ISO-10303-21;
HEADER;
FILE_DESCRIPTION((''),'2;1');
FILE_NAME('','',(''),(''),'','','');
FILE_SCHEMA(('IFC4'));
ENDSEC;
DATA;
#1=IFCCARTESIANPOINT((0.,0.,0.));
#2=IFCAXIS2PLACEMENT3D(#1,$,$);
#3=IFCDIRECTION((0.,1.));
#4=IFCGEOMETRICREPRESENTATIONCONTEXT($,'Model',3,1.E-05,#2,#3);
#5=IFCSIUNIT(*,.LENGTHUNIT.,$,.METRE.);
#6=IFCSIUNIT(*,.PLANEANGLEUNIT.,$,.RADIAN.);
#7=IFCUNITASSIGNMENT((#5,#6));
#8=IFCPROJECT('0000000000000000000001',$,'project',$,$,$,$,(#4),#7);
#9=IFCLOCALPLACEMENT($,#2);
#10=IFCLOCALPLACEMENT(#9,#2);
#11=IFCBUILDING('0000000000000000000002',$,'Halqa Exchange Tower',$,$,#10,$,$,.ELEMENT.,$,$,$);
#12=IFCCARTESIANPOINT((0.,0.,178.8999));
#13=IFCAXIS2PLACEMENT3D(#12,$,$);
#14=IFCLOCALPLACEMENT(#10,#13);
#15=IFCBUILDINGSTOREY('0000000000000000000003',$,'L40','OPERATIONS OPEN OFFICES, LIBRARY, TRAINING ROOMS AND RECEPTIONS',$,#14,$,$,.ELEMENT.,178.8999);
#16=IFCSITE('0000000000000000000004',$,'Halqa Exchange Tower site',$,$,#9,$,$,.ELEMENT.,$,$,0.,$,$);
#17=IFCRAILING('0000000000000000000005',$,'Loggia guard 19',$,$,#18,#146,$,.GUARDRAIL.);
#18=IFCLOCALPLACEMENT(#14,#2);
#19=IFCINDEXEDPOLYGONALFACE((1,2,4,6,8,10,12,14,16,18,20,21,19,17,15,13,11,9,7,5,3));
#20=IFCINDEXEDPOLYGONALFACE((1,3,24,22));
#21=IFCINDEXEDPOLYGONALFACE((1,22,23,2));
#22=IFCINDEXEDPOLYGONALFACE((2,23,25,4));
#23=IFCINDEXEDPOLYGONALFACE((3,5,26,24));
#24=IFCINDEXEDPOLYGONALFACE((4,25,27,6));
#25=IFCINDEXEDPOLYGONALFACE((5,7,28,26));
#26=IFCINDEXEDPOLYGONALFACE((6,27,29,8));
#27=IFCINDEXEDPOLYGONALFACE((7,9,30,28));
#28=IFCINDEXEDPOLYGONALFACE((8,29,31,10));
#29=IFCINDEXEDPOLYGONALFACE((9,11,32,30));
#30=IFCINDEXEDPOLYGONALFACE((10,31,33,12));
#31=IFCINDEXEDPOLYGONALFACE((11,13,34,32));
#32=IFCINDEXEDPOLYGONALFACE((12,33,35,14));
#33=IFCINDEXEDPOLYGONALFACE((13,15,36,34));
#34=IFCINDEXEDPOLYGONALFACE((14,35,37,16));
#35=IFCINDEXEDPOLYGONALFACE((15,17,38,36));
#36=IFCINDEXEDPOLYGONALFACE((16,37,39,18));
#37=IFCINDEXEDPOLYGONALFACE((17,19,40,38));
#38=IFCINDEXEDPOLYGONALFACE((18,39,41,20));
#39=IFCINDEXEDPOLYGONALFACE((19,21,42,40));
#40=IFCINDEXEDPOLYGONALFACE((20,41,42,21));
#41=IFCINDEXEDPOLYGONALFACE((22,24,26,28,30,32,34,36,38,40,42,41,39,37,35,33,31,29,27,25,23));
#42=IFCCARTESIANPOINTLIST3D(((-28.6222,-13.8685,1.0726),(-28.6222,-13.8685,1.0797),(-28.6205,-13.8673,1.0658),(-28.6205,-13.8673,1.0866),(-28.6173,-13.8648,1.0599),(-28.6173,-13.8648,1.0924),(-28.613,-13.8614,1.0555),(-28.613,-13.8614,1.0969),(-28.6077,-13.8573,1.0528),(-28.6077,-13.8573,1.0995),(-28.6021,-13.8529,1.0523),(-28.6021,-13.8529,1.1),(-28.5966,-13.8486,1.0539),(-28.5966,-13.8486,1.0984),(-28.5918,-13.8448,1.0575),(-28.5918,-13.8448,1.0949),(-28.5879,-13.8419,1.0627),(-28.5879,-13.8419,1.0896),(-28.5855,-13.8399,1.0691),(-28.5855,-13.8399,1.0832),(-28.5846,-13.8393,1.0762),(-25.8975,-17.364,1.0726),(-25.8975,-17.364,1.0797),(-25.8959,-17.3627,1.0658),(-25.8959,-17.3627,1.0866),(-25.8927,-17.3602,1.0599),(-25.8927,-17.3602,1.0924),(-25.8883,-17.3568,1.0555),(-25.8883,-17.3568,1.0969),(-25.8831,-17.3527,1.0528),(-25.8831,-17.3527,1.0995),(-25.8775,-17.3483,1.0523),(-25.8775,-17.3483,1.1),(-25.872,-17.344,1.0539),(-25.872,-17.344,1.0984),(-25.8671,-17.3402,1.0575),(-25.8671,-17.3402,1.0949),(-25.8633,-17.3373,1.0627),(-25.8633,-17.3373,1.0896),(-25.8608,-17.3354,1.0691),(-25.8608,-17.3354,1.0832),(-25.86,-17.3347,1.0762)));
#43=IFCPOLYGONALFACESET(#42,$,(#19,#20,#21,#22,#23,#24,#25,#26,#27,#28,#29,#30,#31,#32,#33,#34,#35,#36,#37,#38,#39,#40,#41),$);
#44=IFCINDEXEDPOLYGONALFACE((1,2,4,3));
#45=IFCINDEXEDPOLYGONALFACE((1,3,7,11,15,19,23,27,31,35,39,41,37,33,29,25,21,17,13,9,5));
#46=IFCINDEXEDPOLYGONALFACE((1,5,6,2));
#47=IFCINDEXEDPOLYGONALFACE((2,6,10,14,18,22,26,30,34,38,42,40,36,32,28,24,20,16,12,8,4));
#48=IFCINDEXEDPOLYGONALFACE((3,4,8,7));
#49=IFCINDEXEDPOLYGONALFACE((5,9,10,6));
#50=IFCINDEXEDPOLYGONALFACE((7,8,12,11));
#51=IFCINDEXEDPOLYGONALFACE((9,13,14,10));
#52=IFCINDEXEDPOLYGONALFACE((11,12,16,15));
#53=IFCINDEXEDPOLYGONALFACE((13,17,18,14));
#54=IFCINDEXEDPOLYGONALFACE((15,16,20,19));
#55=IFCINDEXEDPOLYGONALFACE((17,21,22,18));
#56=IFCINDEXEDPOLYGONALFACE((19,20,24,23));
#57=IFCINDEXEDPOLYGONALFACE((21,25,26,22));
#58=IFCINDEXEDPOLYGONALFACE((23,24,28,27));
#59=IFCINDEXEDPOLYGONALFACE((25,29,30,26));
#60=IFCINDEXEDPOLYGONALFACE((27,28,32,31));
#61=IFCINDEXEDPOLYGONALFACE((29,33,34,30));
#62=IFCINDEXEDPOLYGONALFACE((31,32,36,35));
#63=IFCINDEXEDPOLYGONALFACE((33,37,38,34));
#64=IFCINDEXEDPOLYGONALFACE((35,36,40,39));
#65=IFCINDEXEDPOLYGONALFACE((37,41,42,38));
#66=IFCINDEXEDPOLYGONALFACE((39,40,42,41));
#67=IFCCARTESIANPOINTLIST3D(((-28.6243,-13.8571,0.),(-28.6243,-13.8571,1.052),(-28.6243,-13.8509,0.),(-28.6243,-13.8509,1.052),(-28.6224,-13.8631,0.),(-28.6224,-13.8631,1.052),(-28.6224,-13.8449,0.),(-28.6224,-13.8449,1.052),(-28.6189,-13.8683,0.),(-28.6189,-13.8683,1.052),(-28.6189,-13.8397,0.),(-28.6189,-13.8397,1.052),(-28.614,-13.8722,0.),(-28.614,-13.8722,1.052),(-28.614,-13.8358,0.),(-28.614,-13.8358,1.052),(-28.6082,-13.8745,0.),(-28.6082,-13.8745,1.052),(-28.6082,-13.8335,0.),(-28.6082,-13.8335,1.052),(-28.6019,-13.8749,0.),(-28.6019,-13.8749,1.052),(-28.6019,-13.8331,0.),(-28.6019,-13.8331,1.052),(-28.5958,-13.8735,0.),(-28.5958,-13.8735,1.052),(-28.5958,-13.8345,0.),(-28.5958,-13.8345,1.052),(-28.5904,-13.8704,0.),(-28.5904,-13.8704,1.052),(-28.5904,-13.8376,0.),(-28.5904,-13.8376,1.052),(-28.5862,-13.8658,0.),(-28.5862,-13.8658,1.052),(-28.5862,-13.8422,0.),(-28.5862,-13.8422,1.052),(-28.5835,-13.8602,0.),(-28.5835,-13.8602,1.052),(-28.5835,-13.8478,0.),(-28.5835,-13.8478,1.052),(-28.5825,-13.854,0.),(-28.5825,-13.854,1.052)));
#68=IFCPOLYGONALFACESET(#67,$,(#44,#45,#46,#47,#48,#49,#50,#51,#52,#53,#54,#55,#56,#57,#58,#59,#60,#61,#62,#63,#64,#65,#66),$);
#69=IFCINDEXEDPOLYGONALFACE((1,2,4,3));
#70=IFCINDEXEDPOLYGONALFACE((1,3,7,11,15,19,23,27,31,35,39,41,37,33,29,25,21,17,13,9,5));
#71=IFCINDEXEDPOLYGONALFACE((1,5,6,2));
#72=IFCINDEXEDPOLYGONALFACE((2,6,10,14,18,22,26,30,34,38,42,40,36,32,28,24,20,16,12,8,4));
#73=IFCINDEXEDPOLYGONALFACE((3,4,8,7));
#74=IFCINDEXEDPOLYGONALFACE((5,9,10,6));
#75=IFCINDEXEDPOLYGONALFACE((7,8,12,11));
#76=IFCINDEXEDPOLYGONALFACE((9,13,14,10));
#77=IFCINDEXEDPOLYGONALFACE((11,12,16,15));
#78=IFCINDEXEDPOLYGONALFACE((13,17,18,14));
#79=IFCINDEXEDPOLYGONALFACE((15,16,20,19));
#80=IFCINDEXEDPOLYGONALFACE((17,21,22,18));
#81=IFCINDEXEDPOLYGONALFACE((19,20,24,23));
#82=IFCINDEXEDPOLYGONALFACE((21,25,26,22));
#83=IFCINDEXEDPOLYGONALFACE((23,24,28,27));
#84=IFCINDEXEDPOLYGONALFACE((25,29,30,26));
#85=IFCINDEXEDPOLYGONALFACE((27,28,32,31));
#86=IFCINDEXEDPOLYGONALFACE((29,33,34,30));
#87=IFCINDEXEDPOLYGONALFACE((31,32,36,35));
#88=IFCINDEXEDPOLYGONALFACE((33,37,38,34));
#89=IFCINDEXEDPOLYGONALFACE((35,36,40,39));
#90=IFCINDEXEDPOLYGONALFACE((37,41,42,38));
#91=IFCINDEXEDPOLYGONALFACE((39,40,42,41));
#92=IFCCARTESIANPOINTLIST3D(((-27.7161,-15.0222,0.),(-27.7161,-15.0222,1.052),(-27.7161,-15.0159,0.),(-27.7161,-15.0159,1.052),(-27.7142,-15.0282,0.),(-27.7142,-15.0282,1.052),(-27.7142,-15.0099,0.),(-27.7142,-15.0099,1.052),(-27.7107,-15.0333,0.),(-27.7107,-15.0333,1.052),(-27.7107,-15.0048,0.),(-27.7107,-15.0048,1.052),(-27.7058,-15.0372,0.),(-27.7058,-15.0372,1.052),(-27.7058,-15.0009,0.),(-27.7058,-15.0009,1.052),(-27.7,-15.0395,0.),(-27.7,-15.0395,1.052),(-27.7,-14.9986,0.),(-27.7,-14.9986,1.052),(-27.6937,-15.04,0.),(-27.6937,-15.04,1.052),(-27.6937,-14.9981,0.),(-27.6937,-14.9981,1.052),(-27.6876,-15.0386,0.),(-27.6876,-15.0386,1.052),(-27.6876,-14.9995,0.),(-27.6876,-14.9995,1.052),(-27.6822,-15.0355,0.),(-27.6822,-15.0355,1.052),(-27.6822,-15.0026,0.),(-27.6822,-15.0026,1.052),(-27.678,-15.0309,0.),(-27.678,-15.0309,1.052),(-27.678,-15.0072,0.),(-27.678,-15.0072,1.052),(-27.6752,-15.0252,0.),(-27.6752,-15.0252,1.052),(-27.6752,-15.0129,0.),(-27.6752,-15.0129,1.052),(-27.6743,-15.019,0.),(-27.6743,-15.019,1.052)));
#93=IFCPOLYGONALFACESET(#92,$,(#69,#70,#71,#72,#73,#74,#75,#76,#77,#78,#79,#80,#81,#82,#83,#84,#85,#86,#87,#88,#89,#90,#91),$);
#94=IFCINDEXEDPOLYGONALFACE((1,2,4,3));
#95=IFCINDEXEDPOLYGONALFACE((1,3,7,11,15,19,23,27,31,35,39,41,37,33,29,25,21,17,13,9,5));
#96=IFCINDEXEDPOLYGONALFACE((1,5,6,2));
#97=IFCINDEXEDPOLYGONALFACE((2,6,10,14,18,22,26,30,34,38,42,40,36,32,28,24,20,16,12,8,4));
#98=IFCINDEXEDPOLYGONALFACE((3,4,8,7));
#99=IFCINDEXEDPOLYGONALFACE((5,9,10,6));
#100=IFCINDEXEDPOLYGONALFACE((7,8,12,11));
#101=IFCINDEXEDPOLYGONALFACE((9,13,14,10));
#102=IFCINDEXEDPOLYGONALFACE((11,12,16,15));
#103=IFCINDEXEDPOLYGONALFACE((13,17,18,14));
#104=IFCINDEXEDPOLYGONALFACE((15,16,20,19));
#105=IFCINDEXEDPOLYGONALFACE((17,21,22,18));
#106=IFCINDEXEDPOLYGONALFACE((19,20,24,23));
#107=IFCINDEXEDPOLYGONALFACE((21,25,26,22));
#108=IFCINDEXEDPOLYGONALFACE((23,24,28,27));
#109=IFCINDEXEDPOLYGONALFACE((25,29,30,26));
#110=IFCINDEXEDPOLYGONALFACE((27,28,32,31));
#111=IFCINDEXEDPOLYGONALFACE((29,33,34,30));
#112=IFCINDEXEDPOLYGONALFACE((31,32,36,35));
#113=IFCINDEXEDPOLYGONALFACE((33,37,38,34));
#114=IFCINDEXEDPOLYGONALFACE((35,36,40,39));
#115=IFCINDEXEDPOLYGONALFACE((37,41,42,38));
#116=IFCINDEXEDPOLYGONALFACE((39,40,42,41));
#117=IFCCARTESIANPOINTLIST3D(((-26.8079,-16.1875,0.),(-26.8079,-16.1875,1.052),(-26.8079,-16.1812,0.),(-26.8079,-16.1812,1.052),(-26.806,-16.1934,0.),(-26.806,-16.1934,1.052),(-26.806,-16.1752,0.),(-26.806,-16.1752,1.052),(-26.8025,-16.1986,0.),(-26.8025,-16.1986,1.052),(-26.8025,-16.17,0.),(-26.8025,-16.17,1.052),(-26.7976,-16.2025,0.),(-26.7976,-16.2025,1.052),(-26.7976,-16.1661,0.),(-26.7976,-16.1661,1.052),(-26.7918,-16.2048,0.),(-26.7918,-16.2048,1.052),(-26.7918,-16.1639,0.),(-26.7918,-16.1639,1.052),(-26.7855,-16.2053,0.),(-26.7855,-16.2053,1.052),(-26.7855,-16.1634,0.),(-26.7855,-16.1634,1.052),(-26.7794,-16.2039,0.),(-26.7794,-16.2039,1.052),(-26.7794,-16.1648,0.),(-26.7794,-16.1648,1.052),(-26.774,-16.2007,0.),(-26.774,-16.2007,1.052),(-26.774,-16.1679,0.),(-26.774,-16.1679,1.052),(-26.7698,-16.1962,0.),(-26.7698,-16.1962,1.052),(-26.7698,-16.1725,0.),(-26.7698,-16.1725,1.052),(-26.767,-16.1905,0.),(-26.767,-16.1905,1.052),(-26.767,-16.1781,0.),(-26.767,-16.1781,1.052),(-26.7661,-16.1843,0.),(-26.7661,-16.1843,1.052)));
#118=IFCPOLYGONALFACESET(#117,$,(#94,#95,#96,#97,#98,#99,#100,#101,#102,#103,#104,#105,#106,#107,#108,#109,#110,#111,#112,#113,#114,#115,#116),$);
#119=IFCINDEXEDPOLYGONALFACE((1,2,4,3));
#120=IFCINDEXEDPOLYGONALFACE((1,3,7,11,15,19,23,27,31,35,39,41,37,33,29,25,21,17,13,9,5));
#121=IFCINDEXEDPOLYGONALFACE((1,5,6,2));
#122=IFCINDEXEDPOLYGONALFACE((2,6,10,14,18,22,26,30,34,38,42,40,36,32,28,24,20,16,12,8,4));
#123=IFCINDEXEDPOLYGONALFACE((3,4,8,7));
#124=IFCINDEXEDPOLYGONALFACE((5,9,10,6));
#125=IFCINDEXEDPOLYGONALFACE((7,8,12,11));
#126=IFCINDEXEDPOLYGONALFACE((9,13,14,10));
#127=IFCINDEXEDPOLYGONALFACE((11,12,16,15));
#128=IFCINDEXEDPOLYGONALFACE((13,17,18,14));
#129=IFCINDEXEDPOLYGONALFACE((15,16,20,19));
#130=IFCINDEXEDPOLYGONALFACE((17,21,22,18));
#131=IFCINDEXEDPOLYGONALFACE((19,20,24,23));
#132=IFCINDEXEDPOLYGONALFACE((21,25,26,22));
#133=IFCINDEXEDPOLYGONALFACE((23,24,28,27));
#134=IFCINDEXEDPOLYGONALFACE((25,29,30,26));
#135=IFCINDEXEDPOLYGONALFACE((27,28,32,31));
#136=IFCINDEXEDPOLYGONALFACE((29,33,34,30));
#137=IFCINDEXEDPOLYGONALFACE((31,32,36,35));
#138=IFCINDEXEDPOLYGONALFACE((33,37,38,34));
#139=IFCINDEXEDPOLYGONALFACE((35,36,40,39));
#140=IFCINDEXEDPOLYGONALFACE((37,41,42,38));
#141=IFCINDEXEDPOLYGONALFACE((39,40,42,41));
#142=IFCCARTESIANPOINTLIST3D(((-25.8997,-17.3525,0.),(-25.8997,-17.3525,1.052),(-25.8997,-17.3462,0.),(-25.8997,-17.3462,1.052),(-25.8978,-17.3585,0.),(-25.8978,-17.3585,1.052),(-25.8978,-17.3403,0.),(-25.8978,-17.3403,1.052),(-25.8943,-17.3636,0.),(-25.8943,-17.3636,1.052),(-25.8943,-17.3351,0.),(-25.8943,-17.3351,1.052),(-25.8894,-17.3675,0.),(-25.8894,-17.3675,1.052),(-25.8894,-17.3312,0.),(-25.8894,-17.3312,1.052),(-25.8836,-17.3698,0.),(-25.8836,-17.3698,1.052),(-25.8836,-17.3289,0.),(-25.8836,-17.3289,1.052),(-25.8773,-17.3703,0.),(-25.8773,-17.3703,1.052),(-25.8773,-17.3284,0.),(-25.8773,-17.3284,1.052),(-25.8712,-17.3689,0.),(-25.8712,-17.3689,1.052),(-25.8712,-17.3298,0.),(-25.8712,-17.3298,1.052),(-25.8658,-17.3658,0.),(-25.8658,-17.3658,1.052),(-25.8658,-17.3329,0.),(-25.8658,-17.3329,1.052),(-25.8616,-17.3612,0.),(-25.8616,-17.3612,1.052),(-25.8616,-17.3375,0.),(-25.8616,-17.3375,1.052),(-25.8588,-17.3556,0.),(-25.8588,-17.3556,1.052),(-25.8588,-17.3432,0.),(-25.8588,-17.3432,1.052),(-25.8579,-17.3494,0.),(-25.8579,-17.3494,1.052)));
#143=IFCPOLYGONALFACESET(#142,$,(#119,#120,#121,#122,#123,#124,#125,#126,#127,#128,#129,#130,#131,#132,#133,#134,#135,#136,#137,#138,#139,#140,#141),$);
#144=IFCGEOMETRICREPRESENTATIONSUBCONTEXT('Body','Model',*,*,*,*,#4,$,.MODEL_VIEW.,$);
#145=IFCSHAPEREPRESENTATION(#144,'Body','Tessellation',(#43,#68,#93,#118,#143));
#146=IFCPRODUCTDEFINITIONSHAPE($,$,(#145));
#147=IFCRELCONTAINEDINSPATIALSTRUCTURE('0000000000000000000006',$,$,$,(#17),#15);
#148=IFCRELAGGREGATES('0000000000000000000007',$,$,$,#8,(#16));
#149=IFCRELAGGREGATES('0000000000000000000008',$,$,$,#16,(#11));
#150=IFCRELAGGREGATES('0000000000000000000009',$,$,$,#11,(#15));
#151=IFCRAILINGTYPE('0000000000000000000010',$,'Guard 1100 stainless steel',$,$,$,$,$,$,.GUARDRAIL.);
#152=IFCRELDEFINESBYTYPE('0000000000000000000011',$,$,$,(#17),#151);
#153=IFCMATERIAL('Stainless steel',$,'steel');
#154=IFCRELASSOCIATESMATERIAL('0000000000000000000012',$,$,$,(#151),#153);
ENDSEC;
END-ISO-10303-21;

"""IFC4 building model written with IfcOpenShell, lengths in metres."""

from ifc_helpers import new_model, si_unit, direction, frame, origin, origin_2d, place, context, subcontext, project, spatial, circle, extrude, material, type_object, element, save


model = new_model("IFC4")

# Units and contexts
model_context = context("Model", 3, precision=1e-05, world=origin(), true_north=direction((0.0, 1.0)))
body_context = subcontext(model_context, "Body", "Model", "MODEL_VIEW")
ifc_project = project(units=[si_unit("LENGTHUNIT", "METRE"), si_unit("PLANEANGLEUNIT", "RADIAN")], contexts=[model_context])

# Site, building, storey
site_placement = place(None, origin())
site = spatial("IfcSite", under=ifc_project, at=site_placement, Name="Halqa Exchange Tower site", CompositionType="ELEMENT", RefElevation=0.0)
building_placement = place(site_placement, origin())
building = spatial("IfcBuilding", under=site, at=building_placement, Name="Halqa Exchange Tower", CompositionType="ELEMENT")
storey_placement = place(building_placement, frame((0.0, 0.0, 178.8999)))
storey = spatial("IfcBuildingStorey", under=building, at=storey_placement, Name="L40", Description="OPERATIONS OPEN OFFICES, LIBRARY, TRAINING ROOMS AND RECEPTIONS", CompositionType="ELEMENT", Elevation=178.8999)

# Railing
ifc_material_1 = material(Name="Stainless steel", Category="steel")
railing_type = type_object("IfcRailingType", Name="Guard 1100 stainless steel", PredefinedType="GUARDRAIL", material=ifc_material_1)
railing_1_placement = place(storey_placement, frame((-28.6035, -13.854, 0.0)))
element("IfcRailing", 1, at=railing_1_placement, inside=storey, type_object=railing_type, Name="Loggia guard 19", PredefinedType="GUARDRAIL", context=body_context, shape_type="SweptSolid", body=[
    extrude(circle(Radius=0.0239, at=origin_2d()), frame((0.0, 0.0, 1.0762), z_axis=(0.614783, -0.788696, 0.0), x_axis=(0.788696, 0.614783, 0.0)), (0.0, 0.0, 1.0), 4.4319),
    extrude(circle(Radius=0.021, at=origin_2d()), origin(), (0.0, 0.0, 1.0), 1.052),
    extrude(circle(Radius=0.021, at=origin_2d()), frame((0.9082, -1.165, 0.0)), (0.0, 0.0, 1.0), 1.052),
    extrude(circle(Radius=0.021, at=origin_2d()), frame((1.8164, -2.3303, 0.0)), (0.0, 0.0, 1.0), 1.052),
    extrude(circle(Radius=0.021, at=origin_2d()), frame((2.7246, -3.4954, 0.0)), (0.0, 0.0, 1.0), 1.052),
])

save(model, "model.ifc")
